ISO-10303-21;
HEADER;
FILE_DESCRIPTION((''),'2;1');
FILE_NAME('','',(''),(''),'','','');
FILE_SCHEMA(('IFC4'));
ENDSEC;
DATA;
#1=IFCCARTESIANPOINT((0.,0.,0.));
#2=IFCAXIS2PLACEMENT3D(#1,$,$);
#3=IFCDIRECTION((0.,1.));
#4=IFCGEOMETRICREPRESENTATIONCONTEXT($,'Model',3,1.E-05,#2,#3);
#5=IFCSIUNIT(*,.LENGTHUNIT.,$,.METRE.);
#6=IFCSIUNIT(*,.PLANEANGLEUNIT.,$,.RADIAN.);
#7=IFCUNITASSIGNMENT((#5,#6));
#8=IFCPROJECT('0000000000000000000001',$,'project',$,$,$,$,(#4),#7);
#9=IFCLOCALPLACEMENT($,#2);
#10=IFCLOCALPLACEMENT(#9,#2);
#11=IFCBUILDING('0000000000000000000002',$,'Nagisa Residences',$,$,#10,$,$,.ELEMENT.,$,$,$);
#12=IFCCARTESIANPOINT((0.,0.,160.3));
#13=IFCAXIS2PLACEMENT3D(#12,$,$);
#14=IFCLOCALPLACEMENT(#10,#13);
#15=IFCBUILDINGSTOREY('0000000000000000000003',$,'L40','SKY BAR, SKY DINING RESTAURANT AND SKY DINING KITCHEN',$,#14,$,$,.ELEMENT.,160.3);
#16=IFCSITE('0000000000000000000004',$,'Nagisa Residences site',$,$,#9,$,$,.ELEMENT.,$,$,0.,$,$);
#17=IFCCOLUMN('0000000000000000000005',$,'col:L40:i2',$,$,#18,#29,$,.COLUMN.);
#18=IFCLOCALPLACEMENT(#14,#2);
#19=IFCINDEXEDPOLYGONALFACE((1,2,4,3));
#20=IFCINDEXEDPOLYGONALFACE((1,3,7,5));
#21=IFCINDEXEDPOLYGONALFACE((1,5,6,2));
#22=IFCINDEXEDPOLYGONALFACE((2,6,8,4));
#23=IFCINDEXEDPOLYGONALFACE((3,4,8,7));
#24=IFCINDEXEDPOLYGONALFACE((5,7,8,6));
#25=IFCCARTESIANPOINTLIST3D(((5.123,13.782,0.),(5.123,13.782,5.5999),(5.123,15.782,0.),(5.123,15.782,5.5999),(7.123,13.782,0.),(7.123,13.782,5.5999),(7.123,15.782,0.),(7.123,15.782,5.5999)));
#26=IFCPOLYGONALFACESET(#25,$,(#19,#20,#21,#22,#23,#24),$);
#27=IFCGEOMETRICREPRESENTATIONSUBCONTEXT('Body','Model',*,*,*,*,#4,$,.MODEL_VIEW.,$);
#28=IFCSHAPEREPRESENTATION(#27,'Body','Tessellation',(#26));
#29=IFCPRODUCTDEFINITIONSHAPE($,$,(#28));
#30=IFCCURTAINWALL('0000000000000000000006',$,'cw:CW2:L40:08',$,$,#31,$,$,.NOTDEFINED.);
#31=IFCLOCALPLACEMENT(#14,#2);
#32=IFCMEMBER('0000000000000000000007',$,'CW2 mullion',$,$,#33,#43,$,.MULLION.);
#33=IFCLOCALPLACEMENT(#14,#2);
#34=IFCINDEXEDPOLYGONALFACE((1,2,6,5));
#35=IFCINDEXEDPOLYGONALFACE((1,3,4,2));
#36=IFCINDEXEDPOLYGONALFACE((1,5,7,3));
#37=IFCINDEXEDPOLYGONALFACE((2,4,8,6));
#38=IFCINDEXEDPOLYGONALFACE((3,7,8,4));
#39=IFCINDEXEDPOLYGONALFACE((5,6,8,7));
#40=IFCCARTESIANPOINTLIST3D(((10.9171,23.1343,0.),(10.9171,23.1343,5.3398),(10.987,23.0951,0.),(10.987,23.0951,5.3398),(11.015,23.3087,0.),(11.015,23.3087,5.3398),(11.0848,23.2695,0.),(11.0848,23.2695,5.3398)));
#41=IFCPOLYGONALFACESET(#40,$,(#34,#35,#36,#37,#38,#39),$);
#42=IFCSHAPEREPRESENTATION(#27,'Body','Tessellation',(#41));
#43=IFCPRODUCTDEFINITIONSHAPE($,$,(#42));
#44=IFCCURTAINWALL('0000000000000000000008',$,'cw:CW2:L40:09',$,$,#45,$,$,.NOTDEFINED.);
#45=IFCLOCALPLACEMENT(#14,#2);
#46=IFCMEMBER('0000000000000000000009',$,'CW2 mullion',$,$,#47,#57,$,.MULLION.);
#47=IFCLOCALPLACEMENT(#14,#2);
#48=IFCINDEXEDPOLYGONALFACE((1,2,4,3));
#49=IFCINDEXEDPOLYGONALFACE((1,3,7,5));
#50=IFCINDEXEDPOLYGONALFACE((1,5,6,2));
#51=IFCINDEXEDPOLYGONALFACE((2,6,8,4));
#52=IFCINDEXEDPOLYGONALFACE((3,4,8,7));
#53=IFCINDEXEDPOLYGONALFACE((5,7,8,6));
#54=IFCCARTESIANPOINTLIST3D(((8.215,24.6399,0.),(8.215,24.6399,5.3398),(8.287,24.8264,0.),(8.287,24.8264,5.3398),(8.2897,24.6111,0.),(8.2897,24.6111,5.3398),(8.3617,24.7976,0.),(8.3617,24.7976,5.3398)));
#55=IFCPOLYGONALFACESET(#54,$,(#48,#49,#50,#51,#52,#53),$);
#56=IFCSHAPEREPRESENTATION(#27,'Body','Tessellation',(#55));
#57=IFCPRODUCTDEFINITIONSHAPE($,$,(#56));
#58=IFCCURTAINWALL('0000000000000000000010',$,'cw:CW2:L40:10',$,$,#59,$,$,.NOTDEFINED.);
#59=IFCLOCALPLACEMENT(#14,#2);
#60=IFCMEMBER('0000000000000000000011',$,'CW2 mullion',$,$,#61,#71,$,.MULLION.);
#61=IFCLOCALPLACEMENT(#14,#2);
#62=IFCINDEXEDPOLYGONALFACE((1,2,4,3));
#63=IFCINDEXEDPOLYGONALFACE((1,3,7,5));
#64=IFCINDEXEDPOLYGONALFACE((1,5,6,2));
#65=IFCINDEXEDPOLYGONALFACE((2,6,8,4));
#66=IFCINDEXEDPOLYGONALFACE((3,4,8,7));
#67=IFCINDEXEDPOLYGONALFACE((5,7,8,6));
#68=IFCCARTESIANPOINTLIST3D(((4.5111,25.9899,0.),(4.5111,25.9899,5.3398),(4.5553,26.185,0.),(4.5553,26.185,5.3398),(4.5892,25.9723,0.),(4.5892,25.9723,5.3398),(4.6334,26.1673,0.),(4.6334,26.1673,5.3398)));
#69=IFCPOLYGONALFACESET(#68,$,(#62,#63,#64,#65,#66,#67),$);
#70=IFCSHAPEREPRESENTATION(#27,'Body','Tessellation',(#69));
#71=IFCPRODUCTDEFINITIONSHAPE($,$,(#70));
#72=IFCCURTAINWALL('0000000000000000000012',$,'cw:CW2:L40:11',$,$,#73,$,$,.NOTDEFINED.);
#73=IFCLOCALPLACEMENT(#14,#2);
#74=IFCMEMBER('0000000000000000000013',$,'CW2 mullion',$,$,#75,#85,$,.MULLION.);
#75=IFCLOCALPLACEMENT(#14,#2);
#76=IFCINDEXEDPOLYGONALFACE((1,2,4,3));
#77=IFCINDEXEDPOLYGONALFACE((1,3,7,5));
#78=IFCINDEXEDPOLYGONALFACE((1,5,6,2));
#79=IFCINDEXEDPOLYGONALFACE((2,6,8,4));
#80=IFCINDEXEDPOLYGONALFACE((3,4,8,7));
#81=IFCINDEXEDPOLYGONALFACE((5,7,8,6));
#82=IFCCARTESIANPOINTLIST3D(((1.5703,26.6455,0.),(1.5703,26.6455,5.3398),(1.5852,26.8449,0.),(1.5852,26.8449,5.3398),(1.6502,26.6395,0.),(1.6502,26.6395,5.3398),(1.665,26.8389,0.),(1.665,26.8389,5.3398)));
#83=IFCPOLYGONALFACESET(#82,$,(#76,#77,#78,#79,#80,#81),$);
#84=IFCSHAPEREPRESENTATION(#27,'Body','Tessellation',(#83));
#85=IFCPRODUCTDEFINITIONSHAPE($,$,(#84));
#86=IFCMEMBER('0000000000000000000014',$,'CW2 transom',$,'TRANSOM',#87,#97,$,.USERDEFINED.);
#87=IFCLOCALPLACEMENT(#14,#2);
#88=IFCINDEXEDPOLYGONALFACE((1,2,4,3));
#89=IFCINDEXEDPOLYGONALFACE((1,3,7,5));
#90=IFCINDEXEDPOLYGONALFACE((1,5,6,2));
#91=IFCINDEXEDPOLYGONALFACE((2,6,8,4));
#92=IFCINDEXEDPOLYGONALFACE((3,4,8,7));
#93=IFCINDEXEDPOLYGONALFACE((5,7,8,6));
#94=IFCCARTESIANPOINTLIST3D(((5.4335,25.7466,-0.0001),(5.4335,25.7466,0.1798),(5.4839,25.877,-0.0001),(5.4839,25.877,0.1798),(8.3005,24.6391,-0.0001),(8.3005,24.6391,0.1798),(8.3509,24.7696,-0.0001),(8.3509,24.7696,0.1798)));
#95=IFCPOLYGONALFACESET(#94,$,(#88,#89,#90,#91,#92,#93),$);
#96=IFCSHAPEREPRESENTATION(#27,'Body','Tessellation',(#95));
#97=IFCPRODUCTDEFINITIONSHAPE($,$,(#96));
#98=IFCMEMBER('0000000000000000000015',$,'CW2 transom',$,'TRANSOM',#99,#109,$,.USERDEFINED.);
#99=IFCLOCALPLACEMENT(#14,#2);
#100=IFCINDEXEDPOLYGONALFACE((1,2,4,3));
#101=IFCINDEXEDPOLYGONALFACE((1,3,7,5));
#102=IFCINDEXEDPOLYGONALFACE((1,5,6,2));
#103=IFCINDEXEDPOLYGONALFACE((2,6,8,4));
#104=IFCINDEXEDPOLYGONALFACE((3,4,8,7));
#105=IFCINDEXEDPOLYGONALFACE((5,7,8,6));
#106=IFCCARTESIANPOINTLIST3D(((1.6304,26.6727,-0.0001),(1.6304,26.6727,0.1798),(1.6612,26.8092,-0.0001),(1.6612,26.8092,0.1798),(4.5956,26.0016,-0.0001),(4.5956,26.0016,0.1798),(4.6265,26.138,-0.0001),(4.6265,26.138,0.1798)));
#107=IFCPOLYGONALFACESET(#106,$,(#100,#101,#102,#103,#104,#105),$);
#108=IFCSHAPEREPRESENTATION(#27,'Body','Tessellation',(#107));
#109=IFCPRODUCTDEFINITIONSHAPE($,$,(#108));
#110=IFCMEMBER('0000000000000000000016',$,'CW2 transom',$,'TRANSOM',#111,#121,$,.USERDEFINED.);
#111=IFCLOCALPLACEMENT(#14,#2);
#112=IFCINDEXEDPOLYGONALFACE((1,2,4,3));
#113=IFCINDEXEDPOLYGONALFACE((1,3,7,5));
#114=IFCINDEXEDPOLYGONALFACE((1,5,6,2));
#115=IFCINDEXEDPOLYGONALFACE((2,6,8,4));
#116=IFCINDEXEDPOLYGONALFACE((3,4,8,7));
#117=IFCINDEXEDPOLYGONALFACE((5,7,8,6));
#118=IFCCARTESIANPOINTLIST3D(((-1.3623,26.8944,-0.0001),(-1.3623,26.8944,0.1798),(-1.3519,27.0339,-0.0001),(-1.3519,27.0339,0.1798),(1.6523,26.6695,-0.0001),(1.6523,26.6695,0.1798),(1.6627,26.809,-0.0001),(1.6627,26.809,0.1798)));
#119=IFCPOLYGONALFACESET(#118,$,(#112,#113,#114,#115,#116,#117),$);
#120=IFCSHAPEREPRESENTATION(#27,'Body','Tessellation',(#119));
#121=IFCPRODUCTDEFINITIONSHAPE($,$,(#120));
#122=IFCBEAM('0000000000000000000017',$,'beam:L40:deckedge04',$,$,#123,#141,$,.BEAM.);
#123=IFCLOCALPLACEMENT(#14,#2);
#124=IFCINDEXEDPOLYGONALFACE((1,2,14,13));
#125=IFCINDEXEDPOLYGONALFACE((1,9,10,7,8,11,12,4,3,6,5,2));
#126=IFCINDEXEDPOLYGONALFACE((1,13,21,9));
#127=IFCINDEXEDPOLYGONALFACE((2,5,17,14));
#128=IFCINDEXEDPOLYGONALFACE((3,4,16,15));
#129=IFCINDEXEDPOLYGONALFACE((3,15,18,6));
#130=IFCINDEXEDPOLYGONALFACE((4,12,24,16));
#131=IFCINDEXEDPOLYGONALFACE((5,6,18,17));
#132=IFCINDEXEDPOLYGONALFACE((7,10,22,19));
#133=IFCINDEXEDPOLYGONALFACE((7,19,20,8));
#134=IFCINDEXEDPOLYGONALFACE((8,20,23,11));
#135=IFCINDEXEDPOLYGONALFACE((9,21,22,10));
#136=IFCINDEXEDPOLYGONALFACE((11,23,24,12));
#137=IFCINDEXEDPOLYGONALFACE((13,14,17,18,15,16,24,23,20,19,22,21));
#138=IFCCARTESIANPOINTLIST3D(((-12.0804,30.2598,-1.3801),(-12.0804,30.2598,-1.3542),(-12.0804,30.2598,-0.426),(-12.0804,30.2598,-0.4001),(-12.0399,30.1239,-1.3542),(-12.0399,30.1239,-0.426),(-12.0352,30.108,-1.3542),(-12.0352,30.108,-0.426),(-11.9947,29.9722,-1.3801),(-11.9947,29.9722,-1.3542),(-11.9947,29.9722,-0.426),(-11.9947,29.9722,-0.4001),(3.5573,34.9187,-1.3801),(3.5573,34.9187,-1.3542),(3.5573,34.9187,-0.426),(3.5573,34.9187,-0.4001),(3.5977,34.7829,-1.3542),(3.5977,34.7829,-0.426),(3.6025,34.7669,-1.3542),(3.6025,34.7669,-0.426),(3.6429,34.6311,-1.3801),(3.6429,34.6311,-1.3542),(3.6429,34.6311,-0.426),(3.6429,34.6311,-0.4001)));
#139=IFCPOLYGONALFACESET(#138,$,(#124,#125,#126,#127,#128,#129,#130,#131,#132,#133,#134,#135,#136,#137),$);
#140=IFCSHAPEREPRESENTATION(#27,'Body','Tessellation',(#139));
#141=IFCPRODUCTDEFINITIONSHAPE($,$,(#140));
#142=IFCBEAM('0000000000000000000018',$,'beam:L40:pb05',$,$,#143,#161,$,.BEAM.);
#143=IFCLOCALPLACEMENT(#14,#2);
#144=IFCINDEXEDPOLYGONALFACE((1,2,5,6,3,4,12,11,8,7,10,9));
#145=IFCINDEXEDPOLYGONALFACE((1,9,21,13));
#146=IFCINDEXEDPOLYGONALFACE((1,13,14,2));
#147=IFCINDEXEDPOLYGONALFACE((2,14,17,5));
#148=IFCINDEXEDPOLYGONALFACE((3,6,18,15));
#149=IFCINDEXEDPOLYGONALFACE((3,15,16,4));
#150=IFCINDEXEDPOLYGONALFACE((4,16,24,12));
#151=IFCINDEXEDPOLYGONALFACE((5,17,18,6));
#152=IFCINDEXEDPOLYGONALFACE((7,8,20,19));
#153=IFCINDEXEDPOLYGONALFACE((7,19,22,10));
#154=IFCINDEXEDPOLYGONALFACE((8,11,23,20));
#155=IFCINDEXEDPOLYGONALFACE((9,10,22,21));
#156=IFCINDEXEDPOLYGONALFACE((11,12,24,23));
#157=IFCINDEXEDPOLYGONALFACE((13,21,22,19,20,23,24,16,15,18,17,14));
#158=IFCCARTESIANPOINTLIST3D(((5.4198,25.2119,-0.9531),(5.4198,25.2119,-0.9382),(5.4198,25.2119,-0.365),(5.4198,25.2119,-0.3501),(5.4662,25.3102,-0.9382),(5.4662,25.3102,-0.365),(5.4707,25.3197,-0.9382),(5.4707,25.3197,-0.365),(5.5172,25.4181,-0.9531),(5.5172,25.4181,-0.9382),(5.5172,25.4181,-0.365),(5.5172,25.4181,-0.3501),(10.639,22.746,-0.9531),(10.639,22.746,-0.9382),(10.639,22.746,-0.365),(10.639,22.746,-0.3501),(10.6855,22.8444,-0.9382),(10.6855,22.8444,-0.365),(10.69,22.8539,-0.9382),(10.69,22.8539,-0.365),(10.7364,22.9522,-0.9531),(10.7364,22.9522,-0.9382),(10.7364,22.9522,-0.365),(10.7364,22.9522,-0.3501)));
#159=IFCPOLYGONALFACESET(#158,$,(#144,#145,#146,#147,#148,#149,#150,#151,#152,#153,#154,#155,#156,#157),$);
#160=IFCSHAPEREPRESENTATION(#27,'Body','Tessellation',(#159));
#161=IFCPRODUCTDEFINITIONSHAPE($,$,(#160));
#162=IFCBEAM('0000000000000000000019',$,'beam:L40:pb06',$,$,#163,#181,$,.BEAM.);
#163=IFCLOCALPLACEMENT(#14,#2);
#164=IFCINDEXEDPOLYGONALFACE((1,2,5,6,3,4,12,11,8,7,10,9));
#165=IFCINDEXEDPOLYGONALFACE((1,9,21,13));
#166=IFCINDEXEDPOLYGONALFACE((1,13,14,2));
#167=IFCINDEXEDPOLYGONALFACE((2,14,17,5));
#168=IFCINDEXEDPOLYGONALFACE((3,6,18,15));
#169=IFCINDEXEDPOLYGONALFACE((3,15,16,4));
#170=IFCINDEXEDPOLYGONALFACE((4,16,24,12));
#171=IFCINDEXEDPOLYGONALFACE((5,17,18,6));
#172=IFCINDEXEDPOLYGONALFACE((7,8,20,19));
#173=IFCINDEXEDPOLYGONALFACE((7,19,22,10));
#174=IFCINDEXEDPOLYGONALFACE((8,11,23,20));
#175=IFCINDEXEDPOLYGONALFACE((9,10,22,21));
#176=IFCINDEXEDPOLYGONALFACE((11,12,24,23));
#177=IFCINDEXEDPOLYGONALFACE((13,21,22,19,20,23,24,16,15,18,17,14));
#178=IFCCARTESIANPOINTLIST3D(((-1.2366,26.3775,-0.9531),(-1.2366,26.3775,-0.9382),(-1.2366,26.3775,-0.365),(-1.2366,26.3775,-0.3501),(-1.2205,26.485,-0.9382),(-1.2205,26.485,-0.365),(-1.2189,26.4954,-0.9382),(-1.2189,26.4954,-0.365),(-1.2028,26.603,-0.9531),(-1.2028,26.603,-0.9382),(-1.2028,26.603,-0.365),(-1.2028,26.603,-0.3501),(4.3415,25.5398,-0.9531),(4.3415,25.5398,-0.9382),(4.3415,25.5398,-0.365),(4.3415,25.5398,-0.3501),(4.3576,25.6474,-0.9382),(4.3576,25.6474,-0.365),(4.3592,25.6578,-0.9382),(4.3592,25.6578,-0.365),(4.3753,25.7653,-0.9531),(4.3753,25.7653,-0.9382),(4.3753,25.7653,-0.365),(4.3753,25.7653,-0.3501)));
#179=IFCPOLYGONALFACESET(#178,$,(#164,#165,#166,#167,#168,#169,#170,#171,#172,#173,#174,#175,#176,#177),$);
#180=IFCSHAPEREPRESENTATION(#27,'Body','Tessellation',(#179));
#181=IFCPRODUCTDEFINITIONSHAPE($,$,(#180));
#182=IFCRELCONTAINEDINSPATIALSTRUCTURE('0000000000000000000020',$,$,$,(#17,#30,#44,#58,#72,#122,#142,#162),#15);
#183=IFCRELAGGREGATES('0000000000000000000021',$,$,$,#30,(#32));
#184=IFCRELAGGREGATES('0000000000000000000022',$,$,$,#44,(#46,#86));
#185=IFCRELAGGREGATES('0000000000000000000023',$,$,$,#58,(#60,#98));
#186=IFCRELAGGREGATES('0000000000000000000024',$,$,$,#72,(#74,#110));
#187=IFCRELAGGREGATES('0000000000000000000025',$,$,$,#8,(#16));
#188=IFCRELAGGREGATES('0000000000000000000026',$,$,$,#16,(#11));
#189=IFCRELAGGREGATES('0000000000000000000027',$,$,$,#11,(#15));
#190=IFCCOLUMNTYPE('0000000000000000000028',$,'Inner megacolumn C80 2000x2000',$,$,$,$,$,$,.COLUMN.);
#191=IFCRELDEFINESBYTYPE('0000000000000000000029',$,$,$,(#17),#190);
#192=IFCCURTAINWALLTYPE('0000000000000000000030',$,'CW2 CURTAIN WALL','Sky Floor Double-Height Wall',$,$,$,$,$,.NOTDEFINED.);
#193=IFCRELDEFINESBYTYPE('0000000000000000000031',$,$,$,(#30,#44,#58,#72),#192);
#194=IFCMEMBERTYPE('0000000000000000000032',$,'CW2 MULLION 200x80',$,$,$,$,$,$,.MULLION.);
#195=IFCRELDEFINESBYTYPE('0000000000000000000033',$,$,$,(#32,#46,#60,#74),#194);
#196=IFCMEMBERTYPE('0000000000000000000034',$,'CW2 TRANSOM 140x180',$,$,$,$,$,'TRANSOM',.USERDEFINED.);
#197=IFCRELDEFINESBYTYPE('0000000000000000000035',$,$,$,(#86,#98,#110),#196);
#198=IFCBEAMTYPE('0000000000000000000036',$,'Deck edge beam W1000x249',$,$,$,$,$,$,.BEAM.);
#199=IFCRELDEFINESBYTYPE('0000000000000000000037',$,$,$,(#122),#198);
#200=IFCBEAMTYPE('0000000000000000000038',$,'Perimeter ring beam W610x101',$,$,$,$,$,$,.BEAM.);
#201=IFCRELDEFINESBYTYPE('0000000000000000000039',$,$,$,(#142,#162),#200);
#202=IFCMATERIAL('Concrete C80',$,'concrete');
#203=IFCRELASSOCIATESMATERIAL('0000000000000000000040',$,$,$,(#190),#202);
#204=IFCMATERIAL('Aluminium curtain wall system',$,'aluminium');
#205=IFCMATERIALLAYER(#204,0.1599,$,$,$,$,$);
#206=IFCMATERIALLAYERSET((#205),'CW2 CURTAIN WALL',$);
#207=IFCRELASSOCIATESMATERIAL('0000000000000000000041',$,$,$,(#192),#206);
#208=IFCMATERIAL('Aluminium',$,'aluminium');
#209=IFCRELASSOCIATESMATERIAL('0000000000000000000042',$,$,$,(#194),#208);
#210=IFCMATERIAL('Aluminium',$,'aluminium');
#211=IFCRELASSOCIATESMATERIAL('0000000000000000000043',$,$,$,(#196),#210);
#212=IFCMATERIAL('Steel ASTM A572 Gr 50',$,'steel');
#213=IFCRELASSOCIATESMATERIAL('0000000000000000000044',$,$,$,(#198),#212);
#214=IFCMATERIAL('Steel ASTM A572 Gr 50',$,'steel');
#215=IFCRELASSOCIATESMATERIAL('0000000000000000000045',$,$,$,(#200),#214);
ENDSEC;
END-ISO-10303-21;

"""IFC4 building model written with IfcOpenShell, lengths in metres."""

from ifc_helpers import new_model, si_unit, direction, frame, origin, origin_2d, place, context, subcontext, project, spatial, rectangle, i_section, extrude, material, layer, layer_set, material_profile, profile_set, type_object, element, aggregate, save


model = new_model("IFC4")

# Units and contexts
model_context = context("Model", 3, precision=1e-05, world=origin(), true_north=direction((0.0, 1.0)))
body_context = subcontext(model_context, "Body", "Model", "MODEL_VIEW")
ifc_project = project(units=[si_unit("LENGTHUNIT", "METRE"), si_unit("PLANEANGLEUNIT", "RADIAN")], contexts=[model_context])

# Site, building, storey
site_placement = place(None, origin())
site = spatial("IfcSite", under=ifc_project, at=site_placement, Name="Nagisa Residences site", CompositionType="ELEMENT", RefElevation=0.0)
building_placement = place(site_placement, origin())
building = spatial("IfcBuilding", under=site, at=building_placement, Name="Nagisa Residences", CompositionType="ELEMENT")
storey_placement = place(building_placement, frame((0.0, 0.0, 160.3)))
storey = spatial("IfcBuildingStorey", under=building, at=storey_placement, Name="L40", Description="SKY BAR, SKY DINING RESTAURANT AND SKY DINING KITCHEN", CompositionType="ELEMENT", Elevation=160.3)

# Column
ifc_material_1 = material(Name="Concrete C80", Category="concrete")
ifc_material_profile_1 = material_profile(ifc_material_1, rectangle(XDim=2.0, YDim=2.0, at=origin_2d()), Name="C80 2000x2000")
ifc_profile_set_1 = profile_set([ifc_material_profile_1], Name="Concrete C80")
column_type = type_object("IfcColumnType", Name="Inner megacolumn C80 2000x2000", PredefinedType="COLUMN", material=ifc_profile_set_1)
column_placement = place(storey_placement, frame((6.123, 14.782, 0.0), z_axis=(0.0, 0.0, 1.0), x_axis=(1.0, 0.0, 0.0)))
element("IfcColumn", 1, at=column_placement, inside=storey, type_object=column_type, Name="col:L40:i2", PredefinedType="COLUMN", context=body_context, shape_type="SweptSolid", body=[
    extrude(rectangle(XDim=2.0, YDim=2.0, at=origin_2d()), origin(), (0.0, 0.0, 1.0), 5.5999),
])

# Curtain walls, members
ifc_material_2 = material(Name="Aluminium curtain wall system", Category="aluminium")
ifc_layer_1 = layer(ifc_material_2, 0.1599)
ifc_layer_set_1 = layer_set([ifc_layer_1], Name="CW2 CURTAIN WALL")
curtain_wall_type = type_object("IfcCurtainWallType", Name="CW2 CURTAIN WALL", Description="Sky Floor Double-Height Wall", PredefinedType="NOTDEFINED", material=ifc_layer_set_1)
curtain_wall_1_placement = place(storey_placement, origin())
curtain_wall_1 = element("IfcCurtainWall", 2, at=curtain_wall_1_placement, inside=storey, type_object=curtain_wall_type, Name="cw:CW2:L40:08", PredefinedType="NOTDEFINED")
ifc_material_3 = material(Name="Aluminium", Category="aluminium")
ifc_material_profile_2 = material_profile(ifc_material_3, rectangle(XDim=0.2, YDim=0.0801, at=origin_2d()), Name="CW2 MULLION 200x80")
ifc_profile_set_2 = profile_set([ifc_material_profile_2], Name="Aluminium")
member_type_1 = type_object("IfcMemberType", Name="CW2 MULLION 200x80", PredefinedType="MULLION", material=ifc_profile_set_2)
member_1_placement = place(storey_placement, frame((11.001, 23.2019, 0.0), z_axis=(0.0, 0.0, 1.0), x_axis=(-0.489377, -0.872072, 0.0)))
member_1 = element("IfcMember", 3, at=member_1_placement, type_object=member_type_1, Name="CW2 mullion", PredefinedType="MULLION", context=body_context, shape_type="SweptSolid", body=[
    extrude(rectangle(XDim=0.2, YDim=0.0801, at=origin_2d()), origin(), (0.0, 0.0, 1.0), 5.3398),
])
curtain_wall_2_placement = place(storey_placement, origin())
curtain_wall_2 = element("IfcCurtainWall", 4, at=curtain_wall_2_placement, inside=storey, type_object=curtain_wall_type, Name="cw:CW2:L40:09", PredefinedType="NOTDEFINED")
member_2_placement = place(storey_placement, frame((8.2883, 24.7188, 0.0), z_axis=(0.0, 0.0, 1.0), x_axis=(-0.360328, -0.932826, 0.0)))
member_2 = element("IfcMember", 5, at=member_2_placement, type_object=member_type_1, Name="CW2 mullion", PredefinedType="MULLION", context=body_context, shape_type="SweptSolid", body=[
    extrude(rectangle(XDim=0.2, YDim=0.0801, at=origin_2d()), origin(), (0.0, 0.0, 1.0), 5.3398),
])
curtain_wall_3_placement = place(storey_placement, origin())
curtain_wall_3 = element("IfcCurtainWall", 6, at=curtain_wall_3_placement, inside=storey, type_object=curtain_wall_type, Name="cw:CW2:L40:10", PredefinedType="NOTDEFINED")
member_3_placement = place(storey_placement, frame((4.5723, 26.0786, 0.0), z_axis=(0.0, 0.0, 1.0), x_axis=(-0.220764, -0.975327, 0.0)))
member_3 = element("IfcMember", 7, at=member_3_placement, type_object=member_type_1, Name="CW2 mullion", PredefinedType="MULLION", context=body_context, shape_type="SweptSolid", body=[
    extrude(rectangle(XDim=0.2, YDim=0.0801, at=origin_2d()), origin(), (0.0, 0.0, 1.0), 5.3398),
])
curtain_wall_4_placement = place(storey_placement, origin())
curtain_wall_4 = element("IfcCurtainWall", 8, at=curtain_wall_4_placement, inside=storey, type_object=curtain_wall_type, Name="cw:CW2:L40:11", PredefinedType="NOTDEFINED")
member_4_placement = place(storey_placement, frame((1.6177, 26.7422, 0.0), z_axis=(0.0, 0.0, 1.0), x_axis=(-0.074377, -0.99723, 0.0)))
member_4 = element("IfcMember", 9, at=member_4_placement, type_object=member_type_1, Name="CW2 mullion", PredefinedType="MULLION", context=body_context, shape_type="SweptSolid", body=[
    extrude(rectangle(XDim=0.2, YDim=0.0801, at=origin_2d()), origin(), (0.0, 0.0, 1.0), 5.3398),
])

# Members
ifc_material_4 = material(Name="Aluminium", Category="aluminium")
ifc_material_profile_3 = material_profile(ifc_material_4, rectangle(XDim=0.1399, YDim=0.1799, at=origin_2d()), Name="CW2 TRANSOM 140x180")
ifc_profile_set_3 = profile_set([ifc_material_profile_3], Name="Aluminium")
member_type_2 = type_object("IfcMemberType", Name="CW2 TRANSOM 140x180", ElementType="TRANSOM", PredefinedType="USERDEFINED", material=ifc_profile_set_3)
member_5_placement = place(storey_placement, frame((8.3257, 24.7043, 0.0898), z_axis=(-0.932827, 0.360325, 0.0), x_axis=(-0.360325, -0.932827, 0.0)))
member_5 = element("IfcMember", 10, at=member_5_placement, type_object=member_type_2, Name="CW2 transom", ObjectType="TRANSOM", PredefinedType="USERDEFINED", context=body_context, shape_type="SweptSolid", body=[
    extrude(rectangle(XDim=0.1399, YDim=0.1799, at=origin_2d()), origin(), (0.0, 0.0, 1.0), 3.0735),
])
member_6_placement = place(storey_placement, frame((4.6111, 26.0698, 0.0898), z_axis=(-0.975331, 0.220746, 0.0), x_axis=(-0.220746, -0.975331, 0.0)))
member_6 = element("IfcMember", 11, at=member_6_placement, type_object=member_type_2, Name="CW2 transom", ObjectType="TRANSOM", PredefinedType="USERDEFINED", context=body_context, shape_type="SweptSolid", body=[
    extrude(rectangle(XDim=0.1399, YDim=0.1799, at=origin_2d()), origin(), (0.0, 0.0, 1.0), 3.0403),
])
member_7_placement = place(storey_placement, frame((1.6575, 26.7393, 0.0898), z_axis=(-0.99723, 0.07438, 0.0), x_axis=(-0.07438, -0.99723, 0.0)))
member_7 = element("IfcMember", 12, at=member_7_placement, type_object=member_type_2, Name="CW2 transom", ObjectType="TRANSOM", PredefinedType="USERDEFINED", context=body_context, shape_type="SweptSolid", body=[
    extrude(rectangle(XDim=0.1399, YDim=0.1799, at=origin_2d()), origin(), (0.0, 0.0, 1.0), 3.0229),
])

# Beams
ifc_material_5 = material(Name="Steel ASTM A572 Gr 50", Category="steel")
ifc_material_profile_4 = material_profile(ifc_material_5, i_section(OverallWidth=0.3, OverallDepth=0.98, WebThickness=0.0166, FlangeThickness=0.0259, at=origin_2d()), Name="W1000x249")
ifc_profile_set_4 = profile_set([ifc_material_profile_4], Name="Steel ASTM A572 Gr 50")
beam_type_1 = type_object("IfcBeamType", Name="Deck edge beam W1000x249", PredefinedType="BEAM", material=ifc_profile_set_4)
beam_1_placement = place(storey_placement, frame((3.6001, 34.7749, -0.8901), z_axis=(-0.958371, -0.285527, 0.0), x_axis=(0.285527, -0.958371, 0.0)))
element("IfcBeam", 13, at=beam_1_placement, inside=storey, type_object=beam_type_1, Name="beam:L40:deckedge04", PredefinedType="BEAM", context=body_context, shape_type="SweptSolid", body=[
    extrude(i_section(OverallWidth=0.3, OverallDepth=0.98, WebThickness=0.0166, FlangeThickness=0.0259, at=origin_2d()), origin(), (0.0, 0.0, 1.0), 16.3169),
])
ifc_material_6 = material(Name="Steel ASTM A572 Gr 50", Category="steel")
ifc_material_profile_5 = material_profile(ifc_material_6, i_section(OverallWidth=0.228, OverallDepth=0.603, WebThickness=0.0105, FlangeThickness=0.0149, at=origin_2d()), Name="W610x101")
ifc_profile_set_5 = profile_set([ifc_material_profile_5], Name="Steel ASTM A572 Gr 50")
beam_type_2 = type_object("IfcBeamType", Name="Perimeter ring beam W610x101", PredefinedType="BEAM", material=ifc_profile_set_5)
beam_2_placement = place(storey_placement, frame((10.6877, 22.8491, -0.6516), z_axis=(-0.90417, 0.427173, 0.0), x_axis=(-0.427173, -0.90417, 0.0)))
element("IfcBeam", 14, at=beam_2_placement, inside=storey, type_object=beam_type_2, Name="beam:L40:pb05", PredefinedType="BEAM", context=body_context, shape_type="SweptSolid", body=[
    extrude(i_section(OverallWidth=0.228, OverallDepth=0.603, WebThickness=0.0105, FlangeThickness=0.0149, at=origin_2d()), origin(), (0.0, 0.0, 1.0), 5.7725),
])
beam_3_placement = place(storey_placement, frame((4.3584, 25.6526, -0.6516), z_axis=(-0.988912, 0.148501, 0.0), x_axis=(-0.148501, -0.988912, 0.0)))
element("IfcBeam", 15, at=beam_3_placement, inside=storey, type_object=beam_type_2, Name="beam:L40:pb06", PredefinedType="BEAM", context=body_context, shape_type="SweptSolid", body=[
    extrude(i_section(OverallWidth=0.228, OverallDepth=0.603, WebThickness=0.0105, FlangeThickness=0.0149, at=origin_2d()), origin(), (0.0, 0.0, 1.0), 5.6406),
])

aggregate(curtain_wall_1, [member_1])
aggregate(curtain_wall_2, [member_2, member_5])
aggregate(curtain_wall_3, [member_3, member_6])
aggregate(curtain_wall_4, [member_4, member_7])

save(model, "model.ifc")
